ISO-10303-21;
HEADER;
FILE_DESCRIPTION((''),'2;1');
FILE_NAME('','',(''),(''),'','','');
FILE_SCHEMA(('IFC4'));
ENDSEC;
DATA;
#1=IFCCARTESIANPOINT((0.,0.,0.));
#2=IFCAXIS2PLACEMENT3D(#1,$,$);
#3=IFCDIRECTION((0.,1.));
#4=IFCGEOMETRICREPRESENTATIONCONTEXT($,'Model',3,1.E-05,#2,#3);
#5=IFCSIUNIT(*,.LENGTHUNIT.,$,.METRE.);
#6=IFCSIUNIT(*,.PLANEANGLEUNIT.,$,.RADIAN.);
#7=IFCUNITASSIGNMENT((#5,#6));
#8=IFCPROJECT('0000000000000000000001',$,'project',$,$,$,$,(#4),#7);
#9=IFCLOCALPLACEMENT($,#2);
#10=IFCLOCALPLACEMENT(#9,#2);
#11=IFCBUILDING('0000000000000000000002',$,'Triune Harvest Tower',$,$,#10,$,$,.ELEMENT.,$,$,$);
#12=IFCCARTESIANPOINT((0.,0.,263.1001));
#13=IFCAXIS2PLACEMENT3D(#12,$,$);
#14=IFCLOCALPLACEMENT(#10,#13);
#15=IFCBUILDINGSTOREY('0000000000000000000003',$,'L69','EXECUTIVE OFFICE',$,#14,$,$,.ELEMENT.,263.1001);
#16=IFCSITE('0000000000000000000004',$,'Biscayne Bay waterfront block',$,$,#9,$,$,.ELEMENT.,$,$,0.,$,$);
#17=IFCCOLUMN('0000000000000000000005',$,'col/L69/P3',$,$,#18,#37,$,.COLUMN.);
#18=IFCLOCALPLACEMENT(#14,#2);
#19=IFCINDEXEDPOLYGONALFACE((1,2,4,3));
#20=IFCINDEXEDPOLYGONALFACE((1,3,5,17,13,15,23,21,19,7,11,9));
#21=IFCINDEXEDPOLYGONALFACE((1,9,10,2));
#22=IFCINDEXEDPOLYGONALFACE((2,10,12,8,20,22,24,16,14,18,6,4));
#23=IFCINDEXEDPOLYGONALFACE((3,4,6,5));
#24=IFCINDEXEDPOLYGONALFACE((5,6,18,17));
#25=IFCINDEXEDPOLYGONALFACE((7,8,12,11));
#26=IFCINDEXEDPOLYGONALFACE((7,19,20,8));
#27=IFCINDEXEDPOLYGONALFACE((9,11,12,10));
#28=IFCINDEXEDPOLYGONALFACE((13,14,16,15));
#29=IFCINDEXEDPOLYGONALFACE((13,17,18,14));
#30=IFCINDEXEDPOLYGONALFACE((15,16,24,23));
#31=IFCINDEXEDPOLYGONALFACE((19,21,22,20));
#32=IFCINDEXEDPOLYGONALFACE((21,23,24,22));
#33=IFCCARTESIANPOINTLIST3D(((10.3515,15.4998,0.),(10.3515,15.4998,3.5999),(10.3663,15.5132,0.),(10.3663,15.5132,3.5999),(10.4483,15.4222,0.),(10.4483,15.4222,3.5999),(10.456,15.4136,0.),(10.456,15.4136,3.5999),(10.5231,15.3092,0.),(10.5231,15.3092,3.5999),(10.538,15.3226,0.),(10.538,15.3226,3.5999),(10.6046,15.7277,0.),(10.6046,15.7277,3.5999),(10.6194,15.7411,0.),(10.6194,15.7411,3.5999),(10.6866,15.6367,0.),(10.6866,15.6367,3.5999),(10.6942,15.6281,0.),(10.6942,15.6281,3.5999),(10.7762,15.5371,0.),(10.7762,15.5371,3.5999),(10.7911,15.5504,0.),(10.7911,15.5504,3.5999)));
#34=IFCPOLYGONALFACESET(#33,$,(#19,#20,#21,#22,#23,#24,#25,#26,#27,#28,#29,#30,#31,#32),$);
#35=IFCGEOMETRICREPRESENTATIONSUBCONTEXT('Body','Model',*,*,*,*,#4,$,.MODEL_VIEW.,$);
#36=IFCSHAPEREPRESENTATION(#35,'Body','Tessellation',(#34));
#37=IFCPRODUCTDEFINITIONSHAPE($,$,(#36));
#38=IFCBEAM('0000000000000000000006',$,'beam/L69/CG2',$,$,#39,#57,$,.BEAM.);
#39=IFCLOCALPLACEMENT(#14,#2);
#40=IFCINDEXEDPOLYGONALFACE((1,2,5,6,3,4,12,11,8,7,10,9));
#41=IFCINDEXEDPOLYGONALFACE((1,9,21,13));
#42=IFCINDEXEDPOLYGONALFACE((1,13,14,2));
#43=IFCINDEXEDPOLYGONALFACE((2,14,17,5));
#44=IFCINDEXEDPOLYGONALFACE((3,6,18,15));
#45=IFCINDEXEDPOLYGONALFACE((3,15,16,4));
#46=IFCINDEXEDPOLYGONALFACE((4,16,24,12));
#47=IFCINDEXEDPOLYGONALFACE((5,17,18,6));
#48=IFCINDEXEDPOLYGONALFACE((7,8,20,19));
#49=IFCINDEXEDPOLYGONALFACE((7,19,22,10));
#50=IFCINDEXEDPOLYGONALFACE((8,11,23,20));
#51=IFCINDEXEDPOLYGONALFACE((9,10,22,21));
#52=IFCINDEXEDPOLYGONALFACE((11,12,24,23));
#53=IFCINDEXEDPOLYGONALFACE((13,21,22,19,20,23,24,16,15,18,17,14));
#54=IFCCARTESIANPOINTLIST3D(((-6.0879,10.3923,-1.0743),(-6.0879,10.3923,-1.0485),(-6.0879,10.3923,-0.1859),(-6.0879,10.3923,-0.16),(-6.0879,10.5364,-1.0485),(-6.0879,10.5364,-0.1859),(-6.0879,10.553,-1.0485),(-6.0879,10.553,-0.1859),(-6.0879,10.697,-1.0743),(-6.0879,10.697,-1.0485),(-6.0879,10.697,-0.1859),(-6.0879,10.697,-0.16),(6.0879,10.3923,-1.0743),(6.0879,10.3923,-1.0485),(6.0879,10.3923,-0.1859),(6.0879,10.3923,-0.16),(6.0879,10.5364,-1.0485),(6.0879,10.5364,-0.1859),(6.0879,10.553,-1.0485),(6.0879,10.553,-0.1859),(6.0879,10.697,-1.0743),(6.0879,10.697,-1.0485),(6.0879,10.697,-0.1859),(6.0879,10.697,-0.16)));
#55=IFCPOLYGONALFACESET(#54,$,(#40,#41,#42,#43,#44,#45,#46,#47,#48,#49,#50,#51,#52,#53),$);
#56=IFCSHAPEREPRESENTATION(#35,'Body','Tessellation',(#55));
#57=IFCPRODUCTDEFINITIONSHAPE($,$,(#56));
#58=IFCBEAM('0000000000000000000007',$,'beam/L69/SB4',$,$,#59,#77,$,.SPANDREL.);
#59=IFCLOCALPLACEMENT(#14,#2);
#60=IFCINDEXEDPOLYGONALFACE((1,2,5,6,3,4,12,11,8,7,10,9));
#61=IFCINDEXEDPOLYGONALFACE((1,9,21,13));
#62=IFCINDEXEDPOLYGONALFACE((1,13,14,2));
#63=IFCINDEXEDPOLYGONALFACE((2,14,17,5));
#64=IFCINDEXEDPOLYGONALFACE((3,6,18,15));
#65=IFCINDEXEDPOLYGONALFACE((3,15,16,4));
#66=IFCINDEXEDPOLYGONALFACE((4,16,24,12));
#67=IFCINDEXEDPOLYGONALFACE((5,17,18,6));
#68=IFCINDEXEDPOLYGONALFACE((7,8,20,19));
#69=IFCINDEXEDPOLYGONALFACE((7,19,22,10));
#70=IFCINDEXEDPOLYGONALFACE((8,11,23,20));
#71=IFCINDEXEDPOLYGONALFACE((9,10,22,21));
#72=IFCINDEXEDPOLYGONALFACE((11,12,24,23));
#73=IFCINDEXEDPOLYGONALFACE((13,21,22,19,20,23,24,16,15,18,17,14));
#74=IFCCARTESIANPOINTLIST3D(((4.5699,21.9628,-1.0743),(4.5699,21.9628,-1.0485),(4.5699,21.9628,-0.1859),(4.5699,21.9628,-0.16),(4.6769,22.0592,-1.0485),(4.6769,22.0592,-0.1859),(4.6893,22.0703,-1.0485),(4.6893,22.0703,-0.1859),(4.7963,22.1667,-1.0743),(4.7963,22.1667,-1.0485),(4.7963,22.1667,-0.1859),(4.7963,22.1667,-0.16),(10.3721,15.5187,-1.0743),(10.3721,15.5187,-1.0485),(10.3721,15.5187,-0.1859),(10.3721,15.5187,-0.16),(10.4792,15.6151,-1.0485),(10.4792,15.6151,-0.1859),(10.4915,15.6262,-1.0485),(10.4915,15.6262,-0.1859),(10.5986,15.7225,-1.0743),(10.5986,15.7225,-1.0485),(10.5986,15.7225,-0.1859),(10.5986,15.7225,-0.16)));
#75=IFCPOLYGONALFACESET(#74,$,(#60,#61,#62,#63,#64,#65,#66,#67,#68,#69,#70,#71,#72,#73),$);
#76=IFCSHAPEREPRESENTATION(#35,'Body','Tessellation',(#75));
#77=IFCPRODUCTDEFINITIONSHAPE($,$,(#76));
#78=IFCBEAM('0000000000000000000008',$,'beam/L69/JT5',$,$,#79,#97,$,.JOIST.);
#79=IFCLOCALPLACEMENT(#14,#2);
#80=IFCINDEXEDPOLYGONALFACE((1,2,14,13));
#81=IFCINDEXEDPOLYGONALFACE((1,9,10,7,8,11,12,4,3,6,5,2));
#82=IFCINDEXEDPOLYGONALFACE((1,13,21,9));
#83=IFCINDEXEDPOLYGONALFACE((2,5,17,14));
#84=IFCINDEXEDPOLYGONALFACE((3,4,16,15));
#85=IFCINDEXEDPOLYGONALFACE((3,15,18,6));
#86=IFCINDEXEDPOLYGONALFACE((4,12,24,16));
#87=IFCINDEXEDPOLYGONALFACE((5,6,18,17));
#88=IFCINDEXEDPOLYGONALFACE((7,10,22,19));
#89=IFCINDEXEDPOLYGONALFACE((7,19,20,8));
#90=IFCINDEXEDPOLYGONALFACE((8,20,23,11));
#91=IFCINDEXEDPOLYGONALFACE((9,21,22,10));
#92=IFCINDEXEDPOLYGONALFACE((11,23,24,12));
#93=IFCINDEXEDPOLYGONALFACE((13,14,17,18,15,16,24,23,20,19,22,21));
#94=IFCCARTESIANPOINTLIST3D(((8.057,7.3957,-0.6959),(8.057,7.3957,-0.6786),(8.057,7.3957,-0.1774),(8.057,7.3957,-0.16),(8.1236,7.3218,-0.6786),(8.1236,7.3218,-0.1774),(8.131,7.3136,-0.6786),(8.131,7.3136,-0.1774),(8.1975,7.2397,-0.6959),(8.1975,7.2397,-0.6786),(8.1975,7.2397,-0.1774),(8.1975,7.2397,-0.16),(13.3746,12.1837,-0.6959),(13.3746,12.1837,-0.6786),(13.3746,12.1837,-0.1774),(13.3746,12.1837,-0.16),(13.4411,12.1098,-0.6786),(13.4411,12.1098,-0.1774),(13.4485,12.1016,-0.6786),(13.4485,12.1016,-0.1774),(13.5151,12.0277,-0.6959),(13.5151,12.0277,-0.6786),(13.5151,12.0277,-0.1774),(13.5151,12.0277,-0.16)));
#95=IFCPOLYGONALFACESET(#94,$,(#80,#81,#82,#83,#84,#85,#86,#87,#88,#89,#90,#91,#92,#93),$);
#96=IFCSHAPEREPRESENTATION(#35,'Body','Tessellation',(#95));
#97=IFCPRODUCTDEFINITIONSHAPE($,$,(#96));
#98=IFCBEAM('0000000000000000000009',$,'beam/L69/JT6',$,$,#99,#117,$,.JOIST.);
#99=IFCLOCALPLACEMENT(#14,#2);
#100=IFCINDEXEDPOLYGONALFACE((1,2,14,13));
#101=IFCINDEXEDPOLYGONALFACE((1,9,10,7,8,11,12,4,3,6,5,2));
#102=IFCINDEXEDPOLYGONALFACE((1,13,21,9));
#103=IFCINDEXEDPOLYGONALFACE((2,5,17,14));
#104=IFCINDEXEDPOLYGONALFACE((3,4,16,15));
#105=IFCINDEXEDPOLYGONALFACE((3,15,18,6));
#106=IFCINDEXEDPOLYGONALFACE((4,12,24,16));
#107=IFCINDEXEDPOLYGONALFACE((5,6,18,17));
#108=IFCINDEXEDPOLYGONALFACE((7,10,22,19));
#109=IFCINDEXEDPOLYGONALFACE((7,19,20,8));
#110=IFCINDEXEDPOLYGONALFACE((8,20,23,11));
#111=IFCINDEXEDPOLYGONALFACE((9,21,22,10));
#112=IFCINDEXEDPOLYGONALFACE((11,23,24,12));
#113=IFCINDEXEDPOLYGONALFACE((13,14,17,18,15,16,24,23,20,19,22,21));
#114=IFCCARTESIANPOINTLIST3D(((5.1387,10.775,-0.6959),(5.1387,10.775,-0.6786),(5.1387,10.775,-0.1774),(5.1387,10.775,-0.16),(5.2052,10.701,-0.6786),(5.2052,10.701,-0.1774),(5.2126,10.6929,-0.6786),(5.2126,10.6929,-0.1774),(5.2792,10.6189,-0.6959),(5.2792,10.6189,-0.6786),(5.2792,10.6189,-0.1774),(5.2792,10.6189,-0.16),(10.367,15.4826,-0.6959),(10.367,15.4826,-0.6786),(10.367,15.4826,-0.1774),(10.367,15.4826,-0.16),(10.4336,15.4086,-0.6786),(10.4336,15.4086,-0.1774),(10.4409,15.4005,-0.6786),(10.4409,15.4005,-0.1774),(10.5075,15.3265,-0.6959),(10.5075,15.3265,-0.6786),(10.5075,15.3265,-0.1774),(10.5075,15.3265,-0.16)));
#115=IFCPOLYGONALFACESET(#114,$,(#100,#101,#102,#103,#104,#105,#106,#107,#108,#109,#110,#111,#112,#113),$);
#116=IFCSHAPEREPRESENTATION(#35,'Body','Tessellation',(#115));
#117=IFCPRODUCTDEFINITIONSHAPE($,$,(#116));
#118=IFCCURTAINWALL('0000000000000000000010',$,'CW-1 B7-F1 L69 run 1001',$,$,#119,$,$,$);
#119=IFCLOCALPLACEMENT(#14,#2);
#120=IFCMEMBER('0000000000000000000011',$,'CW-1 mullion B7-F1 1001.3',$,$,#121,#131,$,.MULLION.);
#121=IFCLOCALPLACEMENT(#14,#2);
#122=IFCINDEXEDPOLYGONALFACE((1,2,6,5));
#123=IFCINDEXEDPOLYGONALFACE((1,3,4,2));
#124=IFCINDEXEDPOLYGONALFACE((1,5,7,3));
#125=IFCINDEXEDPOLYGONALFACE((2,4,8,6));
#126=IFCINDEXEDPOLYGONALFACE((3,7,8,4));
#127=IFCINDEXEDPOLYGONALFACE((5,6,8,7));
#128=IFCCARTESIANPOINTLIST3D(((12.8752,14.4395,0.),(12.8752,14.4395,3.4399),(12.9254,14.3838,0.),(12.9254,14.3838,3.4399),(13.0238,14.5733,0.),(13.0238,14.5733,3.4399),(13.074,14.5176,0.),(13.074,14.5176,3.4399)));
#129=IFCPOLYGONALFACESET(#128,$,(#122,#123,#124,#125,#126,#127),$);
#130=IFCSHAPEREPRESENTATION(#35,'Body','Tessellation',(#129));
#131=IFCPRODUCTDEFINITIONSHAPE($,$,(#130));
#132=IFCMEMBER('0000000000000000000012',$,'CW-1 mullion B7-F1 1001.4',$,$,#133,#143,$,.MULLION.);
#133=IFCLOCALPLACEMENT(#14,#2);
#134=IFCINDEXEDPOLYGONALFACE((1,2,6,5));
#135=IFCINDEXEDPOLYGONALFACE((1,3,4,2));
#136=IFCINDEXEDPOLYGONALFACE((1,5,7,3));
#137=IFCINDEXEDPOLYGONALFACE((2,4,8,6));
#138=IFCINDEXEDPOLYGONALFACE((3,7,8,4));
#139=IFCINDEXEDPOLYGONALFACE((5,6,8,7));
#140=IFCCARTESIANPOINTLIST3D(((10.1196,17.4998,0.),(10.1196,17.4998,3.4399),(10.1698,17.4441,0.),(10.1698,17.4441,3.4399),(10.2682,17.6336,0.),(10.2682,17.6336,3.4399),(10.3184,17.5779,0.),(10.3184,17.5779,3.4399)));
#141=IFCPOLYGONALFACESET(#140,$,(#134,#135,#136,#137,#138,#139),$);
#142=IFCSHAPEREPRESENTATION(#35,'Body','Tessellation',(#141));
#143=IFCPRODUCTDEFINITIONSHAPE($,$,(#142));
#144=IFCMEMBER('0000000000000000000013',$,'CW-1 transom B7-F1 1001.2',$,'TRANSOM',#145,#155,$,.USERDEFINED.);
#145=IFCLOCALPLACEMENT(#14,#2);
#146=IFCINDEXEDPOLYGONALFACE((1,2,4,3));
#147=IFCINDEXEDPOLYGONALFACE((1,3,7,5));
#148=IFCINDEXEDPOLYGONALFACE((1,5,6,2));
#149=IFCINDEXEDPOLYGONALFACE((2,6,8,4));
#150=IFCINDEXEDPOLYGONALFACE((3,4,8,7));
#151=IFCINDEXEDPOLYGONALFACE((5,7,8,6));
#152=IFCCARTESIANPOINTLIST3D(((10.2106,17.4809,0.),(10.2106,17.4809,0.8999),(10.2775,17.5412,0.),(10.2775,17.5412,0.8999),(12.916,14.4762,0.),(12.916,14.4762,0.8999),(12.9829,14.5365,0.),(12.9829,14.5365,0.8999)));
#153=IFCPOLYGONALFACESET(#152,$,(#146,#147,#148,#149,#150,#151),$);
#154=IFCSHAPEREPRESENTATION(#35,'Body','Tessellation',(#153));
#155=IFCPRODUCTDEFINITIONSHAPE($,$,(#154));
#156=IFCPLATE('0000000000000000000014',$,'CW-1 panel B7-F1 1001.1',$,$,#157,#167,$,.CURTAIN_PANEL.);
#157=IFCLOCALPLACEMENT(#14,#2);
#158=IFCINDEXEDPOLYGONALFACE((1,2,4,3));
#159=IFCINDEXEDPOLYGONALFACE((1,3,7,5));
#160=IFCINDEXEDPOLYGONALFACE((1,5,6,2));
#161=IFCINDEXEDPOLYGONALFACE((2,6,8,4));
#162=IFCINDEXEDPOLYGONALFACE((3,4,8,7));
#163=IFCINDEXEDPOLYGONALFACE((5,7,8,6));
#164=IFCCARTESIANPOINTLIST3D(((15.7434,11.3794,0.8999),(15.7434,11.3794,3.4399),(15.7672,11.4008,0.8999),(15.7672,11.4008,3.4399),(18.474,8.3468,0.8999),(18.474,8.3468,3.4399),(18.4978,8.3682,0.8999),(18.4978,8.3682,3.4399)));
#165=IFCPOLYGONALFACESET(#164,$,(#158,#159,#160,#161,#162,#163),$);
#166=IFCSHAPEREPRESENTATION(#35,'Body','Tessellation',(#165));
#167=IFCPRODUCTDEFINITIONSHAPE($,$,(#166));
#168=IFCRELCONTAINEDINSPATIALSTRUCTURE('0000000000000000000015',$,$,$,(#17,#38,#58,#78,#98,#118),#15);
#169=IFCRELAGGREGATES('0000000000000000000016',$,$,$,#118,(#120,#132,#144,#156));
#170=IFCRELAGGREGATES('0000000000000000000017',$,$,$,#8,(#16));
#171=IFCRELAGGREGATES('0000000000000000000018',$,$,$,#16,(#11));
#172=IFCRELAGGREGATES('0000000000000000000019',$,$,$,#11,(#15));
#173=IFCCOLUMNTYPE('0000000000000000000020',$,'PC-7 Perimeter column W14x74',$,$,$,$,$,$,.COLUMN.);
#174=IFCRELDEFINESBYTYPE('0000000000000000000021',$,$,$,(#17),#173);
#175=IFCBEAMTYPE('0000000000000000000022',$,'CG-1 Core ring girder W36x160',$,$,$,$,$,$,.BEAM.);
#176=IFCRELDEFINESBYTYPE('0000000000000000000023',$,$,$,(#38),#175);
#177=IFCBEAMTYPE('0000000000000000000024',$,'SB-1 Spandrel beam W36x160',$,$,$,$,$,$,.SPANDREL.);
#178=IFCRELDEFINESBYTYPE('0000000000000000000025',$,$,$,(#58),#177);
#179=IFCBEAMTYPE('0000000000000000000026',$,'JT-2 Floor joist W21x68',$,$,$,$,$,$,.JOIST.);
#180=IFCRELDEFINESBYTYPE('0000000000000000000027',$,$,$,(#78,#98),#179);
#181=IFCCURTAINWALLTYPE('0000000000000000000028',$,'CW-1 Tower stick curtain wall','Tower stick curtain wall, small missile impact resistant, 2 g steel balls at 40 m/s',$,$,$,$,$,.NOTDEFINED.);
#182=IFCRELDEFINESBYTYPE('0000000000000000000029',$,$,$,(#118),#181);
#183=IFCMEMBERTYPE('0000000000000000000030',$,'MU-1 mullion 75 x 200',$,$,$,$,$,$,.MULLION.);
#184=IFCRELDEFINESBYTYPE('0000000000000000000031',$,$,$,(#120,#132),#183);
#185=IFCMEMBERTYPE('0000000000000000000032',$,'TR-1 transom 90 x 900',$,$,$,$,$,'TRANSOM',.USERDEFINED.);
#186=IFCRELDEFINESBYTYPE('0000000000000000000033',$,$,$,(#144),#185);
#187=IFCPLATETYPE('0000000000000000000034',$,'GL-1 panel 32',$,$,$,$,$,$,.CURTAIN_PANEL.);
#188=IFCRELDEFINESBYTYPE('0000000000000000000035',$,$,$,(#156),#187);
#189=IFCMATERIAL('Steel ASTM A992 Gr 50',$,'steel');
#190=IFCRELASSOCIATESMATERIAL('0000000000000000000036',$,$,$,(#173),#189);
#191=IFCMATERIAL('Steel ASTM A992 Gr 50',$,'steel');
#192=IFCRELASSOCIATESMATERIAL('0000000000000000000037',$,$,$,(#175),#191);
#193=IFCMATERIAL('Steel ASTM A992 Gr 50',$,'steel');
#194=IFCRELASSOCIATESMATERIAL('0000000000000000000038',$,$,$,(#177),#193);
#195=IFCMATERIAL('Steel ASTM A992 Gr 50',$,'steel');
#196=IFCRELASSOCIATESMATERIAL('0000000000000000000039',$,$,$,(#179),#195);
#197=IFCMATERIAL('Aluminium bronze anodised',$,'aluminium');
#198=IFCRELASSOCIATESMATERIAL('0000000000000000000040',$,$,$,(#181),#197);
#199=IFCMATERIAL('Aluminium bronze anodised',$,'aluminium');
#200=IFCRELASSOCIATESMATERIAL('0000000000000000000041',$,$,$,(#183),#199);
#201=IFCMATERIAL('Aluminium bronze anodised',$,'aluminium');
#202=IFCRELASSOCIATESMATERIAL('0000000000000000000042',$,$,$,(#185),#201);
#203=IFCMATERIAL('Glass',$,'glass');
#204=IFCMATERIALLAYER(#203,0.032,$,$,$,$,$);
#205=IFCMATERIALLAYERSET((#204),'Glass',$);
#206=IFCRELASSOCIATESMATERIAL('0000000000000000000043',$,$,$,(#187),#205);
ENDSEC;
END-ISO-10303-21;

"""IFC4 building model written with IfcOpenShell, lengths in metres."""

from ifc_helpers import new_model, si_unit, direction, frame, origin, origin_2d, place, context, subcontext, project, spatial, rectangle, i_section, extrude, source, transform, mapped, material, layer, layer_set, material_profile, profile_set, type_object, element, aggregate, save


model = new_model("IFC4")

# Units and contexts
model_context = context("Model", 3, precision=1e-05, world=origin(), true_north=direction((0.0, 1.0)))
body_context = subcontext(model_context, "Body", "Model", "MODEL_VIEW")
ifc_project = project(units=[si_unit("LENGTHUNIT", "METRE"), si_unit("PLANEANGLEUNIT", "RADIAN")], contexts=[model_context])

# Site, building, storey
site_placement = place(None, origin())
site = spatial("IfcSite", under=ifc_project, at=site_placement, Name="Biscayne Bay waterfront block", CompositionType="ELEMENT", RefElevation=0.0)
building_placement = place(site_placement, origin())
building = spatial("IfcBuilding", under=site, at=building_placement, Name="Triune Harvest Tower", CompositionType="ELEMENT")
storey_placement = place(building_placement, frame((0.0, 0.0, 263.1001)))
storey = spatial("IfcBuildingStorey", under=building, at=storey_placement, Name="L69", Description="EXECUTIVE OFFICE", CompositionType="ELEMENT", Elevation=263.1001)

# Column
ifc_material_1 = material(Name="Steel ASTM A992 Gr 50", Category="steel")
ifc_material_profile_1 = material_profile(ifc_material_1, i_section(OverallWidth=0.2566, OverallDepth=0.3606, WebThickness=0.0115, FlangeThickness=0.02, at=origin_2d()), Name="W14x74")
ifc_profile_set_1 = profile_set([ifc_material_profile_1], Name="Steel ASTM A992 Gr 50")
column_type = type_object("IfcColumnType", Name="PC-7 Perimeter column W14x74", PredefinedType="COLUMN", material=ifc_profile_set_1)
shared_shape_1 = source(origin(), body_context, "Body", "SweptSolid", [
    extrude(i_section(OverallWidth=0.2566, OverallDepth=0.3606, WebThickness=0.0115, FlangeThickness=0.02, at=origin_2d()), origin(), (0.0, 0.0, 1.0), 3.5999),
])
column_placement = place(storey_placement, frame((10.5713, 15.5251, 0.0), z_axis=(0.0, 0.0, 1.0), x_axis=(-0.669131, 0.743145, 0.0)))
element("IfcColumn", 1, at=column_placement, inside=storey, type_object=column_type, Name="col/L69/P3", PredefinedType="COLUMN", context=body_context, shape_type="MappedRepresentation", body=[
    mapped(shared_shape_1, transform((0.0, 0.0, 0.0), scale=1.0)),
])

# Beams
ifc_material_2 = material(Name="Steel ASTM A992 Gr 50", Category="steel")
ifc_material_profile_2 = material_profile(ifc_material_2, i_section(OverallWidth=0.3047, OverallDepth=0.9143, WebThickness=0.0166, FlangeThickness=0.0259, at=origin_2d()), Name="W36x160")
ifc_profile_set_2 = profile_set([ifc_material_profile_2], Name="Steel ASTM A992 Gr 50")
beam_type_1 = type_object("IfcBeamType", Name="CG-1 Core ring girder W36x160", PredefinedType="BEAM", material=ifc_profile_set_2)
shared_shape_2 = source(origin(), body_context, "Body", "SweptSolid", [
    extrude(i_section(OverallWidth=0.3047, OverallDepth=0.9143, WebThickness=0.0166, FlangeThickness=0.0259, at=origin_2d()), origin(), (0.0, 0.0, 1.0), 12.1758),
])
beam_1_placement = place(storey_placement, frame((6.0879, 10.5447, -0.6172), z_axis=(-1.0, 0.0, 0.0), x_axis=(0.0, -1.0, 0.0)))
element("IfcBeam", 2, at=beam_1_placement, inside=storey, type_object=beam_type_1, Name="beam/L69/CG2", PredefinedType="BEAM", context=body_context, shape_type="MappedRepresentation", body=[
    mapped(shared_shape_2, transform((0.0, 0.0, 0.0), scale=1.0)),
])
ifc_material_3 = material(Name="Steel ASTM A992 Gr 50", Category="steel")
ifc_material_profile_3 = material_profile(ifc_material_3, i_section(OverallWidth=0.3047, OverallDepth=0.9143, WebThickness=0.0166, FlangeThickness=0.0259, at=origin_2d()), Name="W36x160")
ifc_profile_set_3 = profile_set([ifc_material_profile_3], Name="Steel ASTM A992 Gr 50")
beam_type_2 = type_object("IfcBeamType", Name="SB-1 Spandrel beam W36x160", PredefinedType="SPANDREL", material=ifc_profile_set_3)
shared_shape_3 = source(origin(), body_context, "Body", "SweptSolid", [
    extrude(i_section(OverallWidth=0.3047, OverallDepth=0.9143, WebThickness=0.0166, FlangeThickness=0.0259, at=origin_2d()), origin(), (0.0, 0.0, 1.0), 8.6714),
])
beam_2_placement = place(storey_placement, frame((10.4854, 15.6206, -0.6172), z_axis=(-0.669128, 0.743147, 0.0), x_axis=(-0.743147, -0.669128, 0.0)))
element("IfcBeam", 3, at=beam_2_placement, inside=storey, type_object=beam_type_2, Name="beam/L69/SB4", PredefinedType="SPANDREL", context=body_context, shape_type="MappedRepresentation", body=[
    mapped(shared_shape_3, transform((0.0, 0.0, 0.0), scale=1.0)),
])
ifc_material_4 = material(Name="Steel ASTM A992 Gr 50", Category="steel")
ifc_material_profile_4 = material_profile(ifc_material_4, i_section(OverallWidth=0.21, OverallDepth=0.5359, WebThickness=0.011, FlangeThickness=0.0173, at=origin_2d()), Name="W21x68")
ifc_profile_set_4 = profile_set([ifc_material_profile_4], Name="Steel ASTM A992 Gr 50")
beam_type_3 = type_object("IfcBeamType", Name="JT-2 Floor joist W21x68", PredefinedType="JOIST", material=ifc_profile_set_4)
shared_shape_4 = source(origin(), body_context, "Body", "SweptSolid", [
    extrude(i_section(OverallWidth=0.21, OverallDepth=0.5359, WebThickness=0.011, FlangeThickness=0.0173, at=origin_2d()), origin(), (0.0, 0.0, 1.0), 7.1555),
])
beam_3_placement = place(storey_placement, frame((13.4448, 12.1057, -0.428), z_axis=(-0.74314, -0.669136, 0.0), x_axis=(0.669136, -0.74314, 0.0)))
element("IfcBeam", 4, at=beam_3_placement, inside=storey, type_object=beam_type_3, Name="beam/L69/JT5", PredefinedType="JOIST", context=body_context, shape_type="MappedRepresentation", body=[
    mapped(shared_shape_4, transform((0.0, 0.0, 0.0), scale=1.0)),
])
shared_shape_5 = source(origin(), body_context, "Body", "SweptSolid", [
    extrude(i_section(OverallWidth=0.21, OverallDepth=0.5359, WebThickness=0.011, FlangeThickness=0.0173, at=origin_2d()), origin(), (0.0, 0.0, 1.0), 7.0354),
])
beam_4_placement = place(storey_placement, frame((10.4373, 15.4045, -0.428), z_axis=(-0.743147, -0.669128, 0.0), x_axis=(0.669128, -0.743147, 0.0)))
element("IfcBeam", 5, at=beam_4_placement, inside=storey, type_object=beam_type_3, Name="beam/L69/JT6", PredefinedType="JOIST", context=body_context, shape_type="MappedRepresentation", body=[
    mapped(shared_shape_5, transform((0.0, 0.0, 0.0), scale=1.0)),
])

# Curtain wall, members, plate
ifc_material_5 = material(Name="Aluminium bronze anodised", Category="aluminium")
curtain_wall_type = type_object("IfcCurtainWallType", Name="CW-1 Tower stick curtain wall", Description="Tower stick curtain wall, small missile impact resistant, 2 g steel balls at 40 m/s", PredefinedType="NOTDEFINED", material=ifc_material_5)
curtain_wall_placement = place(storey_placement, origin())
curtain_wall = element("IfcCurtainWall", 6, at=curtain_wall_placement, inside=storey, type_object=curtain_wall_type, Name="CW-1 B7-F1 L69 run 1001")
ifc_material_6 = material(Name="Aluminium bronze anodised", Category="aluminium")
ifc_material_profile_5 = material_profile(ifc_material_6, rectangle(XDim=0.2, YDim=0.075, at=origin_2d()), Name="MU-1 mullion 75 x 200")
ifc_profile_set_5 = profile_set([ifc_material_profile_5], Name="Aluminium bronze anodised")
member_type_1 = type_object("IfcMemberType", Name="MU-1 mullion 75 x 200", PredefinedType="MULLION", material=ifc_profile_set_5)
shared_shape_6 = source(origin(), body_context, "Body", "SweptSolid", [
    extrude(rectangle(XDim=0.2, YDim=0.075, at=origin_2d()), origin(), (0.0, 0.0, 1.0), 3.4399),
])
member_1_placement = place(storey_placement, frame((12.9746, 14.4785, 0.0), z_axis=(0.0, 0.0, 1.0), x_axis=(-0.74315, -0.669125, 0.0)))
member_1 = element("IfcMember", 7, at=member_1_placement, type_object=member_type_1, Name="CW-1 mullion B7-F1 1001.3", PredefinedType="MULLION", context=body_context, shape_type="MappedRepresentation", body=[
    mapped(shared_shape_6, transform((0.0, 0.0, 0.0), scale=1.0)),
])
member_2_placement = place(storey_placement, frame((10.219, 17.5388, 0.0), z_axis=(0.0, 0.0, 1.0), x_axis=(-0.74315, -0.669125, 0.0)))
member_2 = element("IfcMember", 8, at=member_2_placement, type_object=member_type_1, Name="CW-1 mullion B7-F1 1001.4", PredefinedType="MULLION", context=body_context, shape_type="MappedRepresentation", body=[
    mapped(shared_shape_6, transform((0.0, 0.0, 0.0), scale=1.0)),
])
ifc_material_7 = material(Name="Aluminium bronze anodised", Category="aluminium")
ifc_material_profile_6 = material_profile(ifc_material_7, rectangle(XDim=0.0901, YDim=0.8999, at=origin_2d()), Name="TR-1 transom 90 x 900")
ifc_profile_set_6 = profile_set([ifc_material_profile_6], Name="Aluminium bronze anodised")
member_type_2 = type_object("IfcMemberType", Name="TR-1 transom 90 x 900", ElementType="TRANSOM", PredefinedType="USERDEFINED", material=ifc_profile_set_6)
shared_shape_7 = source(origin(), body_context, "Body", "SweptSolid", [
    extrude(rectangle(XDim=0.0901, YDim=0.8999, at=origin_2d()), origin(), (0.0, 0.0, 1.0), 4.0432),
])
member_3_placement = place(storey_placement, frame((12.9495, 14.5063, 0.45), z_axis=(-0.669122, 0.743153, 0.0), x_axis=(-0.743153, -0.669122, 0.0)))
member_3 = element("IfcMember", 9, at=member_3_placement, type_object=member_type_2, Name="CW-1 transom B7-F1 1001.2", ObjectType="TRANSOM", PredefinedType="USERDEFINED", context=body_context, shape_type="MappedRepresentation", body=[
    mapped(shared_shape_7, transform((0.0, 0.0, 0.0), scale=1.0)),
])
ifc_material_8 = material(Name="Glass", Category="glass")
ifc_layer_1 = layer(ifc_material_8, 0.032)
ifc_layer_set_1 = layer_set([ifc_layer_1], Name="Glass")
plate_type = type_object("IfcPlateType", Name="GL-1 panel 32", PredefinedType="CURTAIN_PANEL", material=ifc_layer_set_1)
shared_shape_8 = source(origin(), body_context, "Body", "SweptSolid", [
    extrude(rectangle(XDim=4.0808, YDim=0.032, at=origin_2d()), origin(), (0.0, 0.0, 1.0), 2.54),
])
plate_1_placement = place(storey_placement, frame((17.1206, 9.8738, 0.8999), z_axis=(0.0, 0.0, 1.0), x_axis=(-0.669125, 0.74315, 0.0)))
plate_1 = element("IfcPlate", 10, at=plate_1_placement, type_object=plate_type, Name="CW-1 panel B7-F1 1001.1", PredefinedType="CURTAIN_PANEL", context=body_context, shape_type="MappedRepresentation", body=[
    mapped(shared_shape_8, transform((0.0, 0.0, 0.0), scale=1.0)),
])
aggregate(curtain_wall, [member_1, member_2, member_3, plate_1])

save(model, "model.ifc")
